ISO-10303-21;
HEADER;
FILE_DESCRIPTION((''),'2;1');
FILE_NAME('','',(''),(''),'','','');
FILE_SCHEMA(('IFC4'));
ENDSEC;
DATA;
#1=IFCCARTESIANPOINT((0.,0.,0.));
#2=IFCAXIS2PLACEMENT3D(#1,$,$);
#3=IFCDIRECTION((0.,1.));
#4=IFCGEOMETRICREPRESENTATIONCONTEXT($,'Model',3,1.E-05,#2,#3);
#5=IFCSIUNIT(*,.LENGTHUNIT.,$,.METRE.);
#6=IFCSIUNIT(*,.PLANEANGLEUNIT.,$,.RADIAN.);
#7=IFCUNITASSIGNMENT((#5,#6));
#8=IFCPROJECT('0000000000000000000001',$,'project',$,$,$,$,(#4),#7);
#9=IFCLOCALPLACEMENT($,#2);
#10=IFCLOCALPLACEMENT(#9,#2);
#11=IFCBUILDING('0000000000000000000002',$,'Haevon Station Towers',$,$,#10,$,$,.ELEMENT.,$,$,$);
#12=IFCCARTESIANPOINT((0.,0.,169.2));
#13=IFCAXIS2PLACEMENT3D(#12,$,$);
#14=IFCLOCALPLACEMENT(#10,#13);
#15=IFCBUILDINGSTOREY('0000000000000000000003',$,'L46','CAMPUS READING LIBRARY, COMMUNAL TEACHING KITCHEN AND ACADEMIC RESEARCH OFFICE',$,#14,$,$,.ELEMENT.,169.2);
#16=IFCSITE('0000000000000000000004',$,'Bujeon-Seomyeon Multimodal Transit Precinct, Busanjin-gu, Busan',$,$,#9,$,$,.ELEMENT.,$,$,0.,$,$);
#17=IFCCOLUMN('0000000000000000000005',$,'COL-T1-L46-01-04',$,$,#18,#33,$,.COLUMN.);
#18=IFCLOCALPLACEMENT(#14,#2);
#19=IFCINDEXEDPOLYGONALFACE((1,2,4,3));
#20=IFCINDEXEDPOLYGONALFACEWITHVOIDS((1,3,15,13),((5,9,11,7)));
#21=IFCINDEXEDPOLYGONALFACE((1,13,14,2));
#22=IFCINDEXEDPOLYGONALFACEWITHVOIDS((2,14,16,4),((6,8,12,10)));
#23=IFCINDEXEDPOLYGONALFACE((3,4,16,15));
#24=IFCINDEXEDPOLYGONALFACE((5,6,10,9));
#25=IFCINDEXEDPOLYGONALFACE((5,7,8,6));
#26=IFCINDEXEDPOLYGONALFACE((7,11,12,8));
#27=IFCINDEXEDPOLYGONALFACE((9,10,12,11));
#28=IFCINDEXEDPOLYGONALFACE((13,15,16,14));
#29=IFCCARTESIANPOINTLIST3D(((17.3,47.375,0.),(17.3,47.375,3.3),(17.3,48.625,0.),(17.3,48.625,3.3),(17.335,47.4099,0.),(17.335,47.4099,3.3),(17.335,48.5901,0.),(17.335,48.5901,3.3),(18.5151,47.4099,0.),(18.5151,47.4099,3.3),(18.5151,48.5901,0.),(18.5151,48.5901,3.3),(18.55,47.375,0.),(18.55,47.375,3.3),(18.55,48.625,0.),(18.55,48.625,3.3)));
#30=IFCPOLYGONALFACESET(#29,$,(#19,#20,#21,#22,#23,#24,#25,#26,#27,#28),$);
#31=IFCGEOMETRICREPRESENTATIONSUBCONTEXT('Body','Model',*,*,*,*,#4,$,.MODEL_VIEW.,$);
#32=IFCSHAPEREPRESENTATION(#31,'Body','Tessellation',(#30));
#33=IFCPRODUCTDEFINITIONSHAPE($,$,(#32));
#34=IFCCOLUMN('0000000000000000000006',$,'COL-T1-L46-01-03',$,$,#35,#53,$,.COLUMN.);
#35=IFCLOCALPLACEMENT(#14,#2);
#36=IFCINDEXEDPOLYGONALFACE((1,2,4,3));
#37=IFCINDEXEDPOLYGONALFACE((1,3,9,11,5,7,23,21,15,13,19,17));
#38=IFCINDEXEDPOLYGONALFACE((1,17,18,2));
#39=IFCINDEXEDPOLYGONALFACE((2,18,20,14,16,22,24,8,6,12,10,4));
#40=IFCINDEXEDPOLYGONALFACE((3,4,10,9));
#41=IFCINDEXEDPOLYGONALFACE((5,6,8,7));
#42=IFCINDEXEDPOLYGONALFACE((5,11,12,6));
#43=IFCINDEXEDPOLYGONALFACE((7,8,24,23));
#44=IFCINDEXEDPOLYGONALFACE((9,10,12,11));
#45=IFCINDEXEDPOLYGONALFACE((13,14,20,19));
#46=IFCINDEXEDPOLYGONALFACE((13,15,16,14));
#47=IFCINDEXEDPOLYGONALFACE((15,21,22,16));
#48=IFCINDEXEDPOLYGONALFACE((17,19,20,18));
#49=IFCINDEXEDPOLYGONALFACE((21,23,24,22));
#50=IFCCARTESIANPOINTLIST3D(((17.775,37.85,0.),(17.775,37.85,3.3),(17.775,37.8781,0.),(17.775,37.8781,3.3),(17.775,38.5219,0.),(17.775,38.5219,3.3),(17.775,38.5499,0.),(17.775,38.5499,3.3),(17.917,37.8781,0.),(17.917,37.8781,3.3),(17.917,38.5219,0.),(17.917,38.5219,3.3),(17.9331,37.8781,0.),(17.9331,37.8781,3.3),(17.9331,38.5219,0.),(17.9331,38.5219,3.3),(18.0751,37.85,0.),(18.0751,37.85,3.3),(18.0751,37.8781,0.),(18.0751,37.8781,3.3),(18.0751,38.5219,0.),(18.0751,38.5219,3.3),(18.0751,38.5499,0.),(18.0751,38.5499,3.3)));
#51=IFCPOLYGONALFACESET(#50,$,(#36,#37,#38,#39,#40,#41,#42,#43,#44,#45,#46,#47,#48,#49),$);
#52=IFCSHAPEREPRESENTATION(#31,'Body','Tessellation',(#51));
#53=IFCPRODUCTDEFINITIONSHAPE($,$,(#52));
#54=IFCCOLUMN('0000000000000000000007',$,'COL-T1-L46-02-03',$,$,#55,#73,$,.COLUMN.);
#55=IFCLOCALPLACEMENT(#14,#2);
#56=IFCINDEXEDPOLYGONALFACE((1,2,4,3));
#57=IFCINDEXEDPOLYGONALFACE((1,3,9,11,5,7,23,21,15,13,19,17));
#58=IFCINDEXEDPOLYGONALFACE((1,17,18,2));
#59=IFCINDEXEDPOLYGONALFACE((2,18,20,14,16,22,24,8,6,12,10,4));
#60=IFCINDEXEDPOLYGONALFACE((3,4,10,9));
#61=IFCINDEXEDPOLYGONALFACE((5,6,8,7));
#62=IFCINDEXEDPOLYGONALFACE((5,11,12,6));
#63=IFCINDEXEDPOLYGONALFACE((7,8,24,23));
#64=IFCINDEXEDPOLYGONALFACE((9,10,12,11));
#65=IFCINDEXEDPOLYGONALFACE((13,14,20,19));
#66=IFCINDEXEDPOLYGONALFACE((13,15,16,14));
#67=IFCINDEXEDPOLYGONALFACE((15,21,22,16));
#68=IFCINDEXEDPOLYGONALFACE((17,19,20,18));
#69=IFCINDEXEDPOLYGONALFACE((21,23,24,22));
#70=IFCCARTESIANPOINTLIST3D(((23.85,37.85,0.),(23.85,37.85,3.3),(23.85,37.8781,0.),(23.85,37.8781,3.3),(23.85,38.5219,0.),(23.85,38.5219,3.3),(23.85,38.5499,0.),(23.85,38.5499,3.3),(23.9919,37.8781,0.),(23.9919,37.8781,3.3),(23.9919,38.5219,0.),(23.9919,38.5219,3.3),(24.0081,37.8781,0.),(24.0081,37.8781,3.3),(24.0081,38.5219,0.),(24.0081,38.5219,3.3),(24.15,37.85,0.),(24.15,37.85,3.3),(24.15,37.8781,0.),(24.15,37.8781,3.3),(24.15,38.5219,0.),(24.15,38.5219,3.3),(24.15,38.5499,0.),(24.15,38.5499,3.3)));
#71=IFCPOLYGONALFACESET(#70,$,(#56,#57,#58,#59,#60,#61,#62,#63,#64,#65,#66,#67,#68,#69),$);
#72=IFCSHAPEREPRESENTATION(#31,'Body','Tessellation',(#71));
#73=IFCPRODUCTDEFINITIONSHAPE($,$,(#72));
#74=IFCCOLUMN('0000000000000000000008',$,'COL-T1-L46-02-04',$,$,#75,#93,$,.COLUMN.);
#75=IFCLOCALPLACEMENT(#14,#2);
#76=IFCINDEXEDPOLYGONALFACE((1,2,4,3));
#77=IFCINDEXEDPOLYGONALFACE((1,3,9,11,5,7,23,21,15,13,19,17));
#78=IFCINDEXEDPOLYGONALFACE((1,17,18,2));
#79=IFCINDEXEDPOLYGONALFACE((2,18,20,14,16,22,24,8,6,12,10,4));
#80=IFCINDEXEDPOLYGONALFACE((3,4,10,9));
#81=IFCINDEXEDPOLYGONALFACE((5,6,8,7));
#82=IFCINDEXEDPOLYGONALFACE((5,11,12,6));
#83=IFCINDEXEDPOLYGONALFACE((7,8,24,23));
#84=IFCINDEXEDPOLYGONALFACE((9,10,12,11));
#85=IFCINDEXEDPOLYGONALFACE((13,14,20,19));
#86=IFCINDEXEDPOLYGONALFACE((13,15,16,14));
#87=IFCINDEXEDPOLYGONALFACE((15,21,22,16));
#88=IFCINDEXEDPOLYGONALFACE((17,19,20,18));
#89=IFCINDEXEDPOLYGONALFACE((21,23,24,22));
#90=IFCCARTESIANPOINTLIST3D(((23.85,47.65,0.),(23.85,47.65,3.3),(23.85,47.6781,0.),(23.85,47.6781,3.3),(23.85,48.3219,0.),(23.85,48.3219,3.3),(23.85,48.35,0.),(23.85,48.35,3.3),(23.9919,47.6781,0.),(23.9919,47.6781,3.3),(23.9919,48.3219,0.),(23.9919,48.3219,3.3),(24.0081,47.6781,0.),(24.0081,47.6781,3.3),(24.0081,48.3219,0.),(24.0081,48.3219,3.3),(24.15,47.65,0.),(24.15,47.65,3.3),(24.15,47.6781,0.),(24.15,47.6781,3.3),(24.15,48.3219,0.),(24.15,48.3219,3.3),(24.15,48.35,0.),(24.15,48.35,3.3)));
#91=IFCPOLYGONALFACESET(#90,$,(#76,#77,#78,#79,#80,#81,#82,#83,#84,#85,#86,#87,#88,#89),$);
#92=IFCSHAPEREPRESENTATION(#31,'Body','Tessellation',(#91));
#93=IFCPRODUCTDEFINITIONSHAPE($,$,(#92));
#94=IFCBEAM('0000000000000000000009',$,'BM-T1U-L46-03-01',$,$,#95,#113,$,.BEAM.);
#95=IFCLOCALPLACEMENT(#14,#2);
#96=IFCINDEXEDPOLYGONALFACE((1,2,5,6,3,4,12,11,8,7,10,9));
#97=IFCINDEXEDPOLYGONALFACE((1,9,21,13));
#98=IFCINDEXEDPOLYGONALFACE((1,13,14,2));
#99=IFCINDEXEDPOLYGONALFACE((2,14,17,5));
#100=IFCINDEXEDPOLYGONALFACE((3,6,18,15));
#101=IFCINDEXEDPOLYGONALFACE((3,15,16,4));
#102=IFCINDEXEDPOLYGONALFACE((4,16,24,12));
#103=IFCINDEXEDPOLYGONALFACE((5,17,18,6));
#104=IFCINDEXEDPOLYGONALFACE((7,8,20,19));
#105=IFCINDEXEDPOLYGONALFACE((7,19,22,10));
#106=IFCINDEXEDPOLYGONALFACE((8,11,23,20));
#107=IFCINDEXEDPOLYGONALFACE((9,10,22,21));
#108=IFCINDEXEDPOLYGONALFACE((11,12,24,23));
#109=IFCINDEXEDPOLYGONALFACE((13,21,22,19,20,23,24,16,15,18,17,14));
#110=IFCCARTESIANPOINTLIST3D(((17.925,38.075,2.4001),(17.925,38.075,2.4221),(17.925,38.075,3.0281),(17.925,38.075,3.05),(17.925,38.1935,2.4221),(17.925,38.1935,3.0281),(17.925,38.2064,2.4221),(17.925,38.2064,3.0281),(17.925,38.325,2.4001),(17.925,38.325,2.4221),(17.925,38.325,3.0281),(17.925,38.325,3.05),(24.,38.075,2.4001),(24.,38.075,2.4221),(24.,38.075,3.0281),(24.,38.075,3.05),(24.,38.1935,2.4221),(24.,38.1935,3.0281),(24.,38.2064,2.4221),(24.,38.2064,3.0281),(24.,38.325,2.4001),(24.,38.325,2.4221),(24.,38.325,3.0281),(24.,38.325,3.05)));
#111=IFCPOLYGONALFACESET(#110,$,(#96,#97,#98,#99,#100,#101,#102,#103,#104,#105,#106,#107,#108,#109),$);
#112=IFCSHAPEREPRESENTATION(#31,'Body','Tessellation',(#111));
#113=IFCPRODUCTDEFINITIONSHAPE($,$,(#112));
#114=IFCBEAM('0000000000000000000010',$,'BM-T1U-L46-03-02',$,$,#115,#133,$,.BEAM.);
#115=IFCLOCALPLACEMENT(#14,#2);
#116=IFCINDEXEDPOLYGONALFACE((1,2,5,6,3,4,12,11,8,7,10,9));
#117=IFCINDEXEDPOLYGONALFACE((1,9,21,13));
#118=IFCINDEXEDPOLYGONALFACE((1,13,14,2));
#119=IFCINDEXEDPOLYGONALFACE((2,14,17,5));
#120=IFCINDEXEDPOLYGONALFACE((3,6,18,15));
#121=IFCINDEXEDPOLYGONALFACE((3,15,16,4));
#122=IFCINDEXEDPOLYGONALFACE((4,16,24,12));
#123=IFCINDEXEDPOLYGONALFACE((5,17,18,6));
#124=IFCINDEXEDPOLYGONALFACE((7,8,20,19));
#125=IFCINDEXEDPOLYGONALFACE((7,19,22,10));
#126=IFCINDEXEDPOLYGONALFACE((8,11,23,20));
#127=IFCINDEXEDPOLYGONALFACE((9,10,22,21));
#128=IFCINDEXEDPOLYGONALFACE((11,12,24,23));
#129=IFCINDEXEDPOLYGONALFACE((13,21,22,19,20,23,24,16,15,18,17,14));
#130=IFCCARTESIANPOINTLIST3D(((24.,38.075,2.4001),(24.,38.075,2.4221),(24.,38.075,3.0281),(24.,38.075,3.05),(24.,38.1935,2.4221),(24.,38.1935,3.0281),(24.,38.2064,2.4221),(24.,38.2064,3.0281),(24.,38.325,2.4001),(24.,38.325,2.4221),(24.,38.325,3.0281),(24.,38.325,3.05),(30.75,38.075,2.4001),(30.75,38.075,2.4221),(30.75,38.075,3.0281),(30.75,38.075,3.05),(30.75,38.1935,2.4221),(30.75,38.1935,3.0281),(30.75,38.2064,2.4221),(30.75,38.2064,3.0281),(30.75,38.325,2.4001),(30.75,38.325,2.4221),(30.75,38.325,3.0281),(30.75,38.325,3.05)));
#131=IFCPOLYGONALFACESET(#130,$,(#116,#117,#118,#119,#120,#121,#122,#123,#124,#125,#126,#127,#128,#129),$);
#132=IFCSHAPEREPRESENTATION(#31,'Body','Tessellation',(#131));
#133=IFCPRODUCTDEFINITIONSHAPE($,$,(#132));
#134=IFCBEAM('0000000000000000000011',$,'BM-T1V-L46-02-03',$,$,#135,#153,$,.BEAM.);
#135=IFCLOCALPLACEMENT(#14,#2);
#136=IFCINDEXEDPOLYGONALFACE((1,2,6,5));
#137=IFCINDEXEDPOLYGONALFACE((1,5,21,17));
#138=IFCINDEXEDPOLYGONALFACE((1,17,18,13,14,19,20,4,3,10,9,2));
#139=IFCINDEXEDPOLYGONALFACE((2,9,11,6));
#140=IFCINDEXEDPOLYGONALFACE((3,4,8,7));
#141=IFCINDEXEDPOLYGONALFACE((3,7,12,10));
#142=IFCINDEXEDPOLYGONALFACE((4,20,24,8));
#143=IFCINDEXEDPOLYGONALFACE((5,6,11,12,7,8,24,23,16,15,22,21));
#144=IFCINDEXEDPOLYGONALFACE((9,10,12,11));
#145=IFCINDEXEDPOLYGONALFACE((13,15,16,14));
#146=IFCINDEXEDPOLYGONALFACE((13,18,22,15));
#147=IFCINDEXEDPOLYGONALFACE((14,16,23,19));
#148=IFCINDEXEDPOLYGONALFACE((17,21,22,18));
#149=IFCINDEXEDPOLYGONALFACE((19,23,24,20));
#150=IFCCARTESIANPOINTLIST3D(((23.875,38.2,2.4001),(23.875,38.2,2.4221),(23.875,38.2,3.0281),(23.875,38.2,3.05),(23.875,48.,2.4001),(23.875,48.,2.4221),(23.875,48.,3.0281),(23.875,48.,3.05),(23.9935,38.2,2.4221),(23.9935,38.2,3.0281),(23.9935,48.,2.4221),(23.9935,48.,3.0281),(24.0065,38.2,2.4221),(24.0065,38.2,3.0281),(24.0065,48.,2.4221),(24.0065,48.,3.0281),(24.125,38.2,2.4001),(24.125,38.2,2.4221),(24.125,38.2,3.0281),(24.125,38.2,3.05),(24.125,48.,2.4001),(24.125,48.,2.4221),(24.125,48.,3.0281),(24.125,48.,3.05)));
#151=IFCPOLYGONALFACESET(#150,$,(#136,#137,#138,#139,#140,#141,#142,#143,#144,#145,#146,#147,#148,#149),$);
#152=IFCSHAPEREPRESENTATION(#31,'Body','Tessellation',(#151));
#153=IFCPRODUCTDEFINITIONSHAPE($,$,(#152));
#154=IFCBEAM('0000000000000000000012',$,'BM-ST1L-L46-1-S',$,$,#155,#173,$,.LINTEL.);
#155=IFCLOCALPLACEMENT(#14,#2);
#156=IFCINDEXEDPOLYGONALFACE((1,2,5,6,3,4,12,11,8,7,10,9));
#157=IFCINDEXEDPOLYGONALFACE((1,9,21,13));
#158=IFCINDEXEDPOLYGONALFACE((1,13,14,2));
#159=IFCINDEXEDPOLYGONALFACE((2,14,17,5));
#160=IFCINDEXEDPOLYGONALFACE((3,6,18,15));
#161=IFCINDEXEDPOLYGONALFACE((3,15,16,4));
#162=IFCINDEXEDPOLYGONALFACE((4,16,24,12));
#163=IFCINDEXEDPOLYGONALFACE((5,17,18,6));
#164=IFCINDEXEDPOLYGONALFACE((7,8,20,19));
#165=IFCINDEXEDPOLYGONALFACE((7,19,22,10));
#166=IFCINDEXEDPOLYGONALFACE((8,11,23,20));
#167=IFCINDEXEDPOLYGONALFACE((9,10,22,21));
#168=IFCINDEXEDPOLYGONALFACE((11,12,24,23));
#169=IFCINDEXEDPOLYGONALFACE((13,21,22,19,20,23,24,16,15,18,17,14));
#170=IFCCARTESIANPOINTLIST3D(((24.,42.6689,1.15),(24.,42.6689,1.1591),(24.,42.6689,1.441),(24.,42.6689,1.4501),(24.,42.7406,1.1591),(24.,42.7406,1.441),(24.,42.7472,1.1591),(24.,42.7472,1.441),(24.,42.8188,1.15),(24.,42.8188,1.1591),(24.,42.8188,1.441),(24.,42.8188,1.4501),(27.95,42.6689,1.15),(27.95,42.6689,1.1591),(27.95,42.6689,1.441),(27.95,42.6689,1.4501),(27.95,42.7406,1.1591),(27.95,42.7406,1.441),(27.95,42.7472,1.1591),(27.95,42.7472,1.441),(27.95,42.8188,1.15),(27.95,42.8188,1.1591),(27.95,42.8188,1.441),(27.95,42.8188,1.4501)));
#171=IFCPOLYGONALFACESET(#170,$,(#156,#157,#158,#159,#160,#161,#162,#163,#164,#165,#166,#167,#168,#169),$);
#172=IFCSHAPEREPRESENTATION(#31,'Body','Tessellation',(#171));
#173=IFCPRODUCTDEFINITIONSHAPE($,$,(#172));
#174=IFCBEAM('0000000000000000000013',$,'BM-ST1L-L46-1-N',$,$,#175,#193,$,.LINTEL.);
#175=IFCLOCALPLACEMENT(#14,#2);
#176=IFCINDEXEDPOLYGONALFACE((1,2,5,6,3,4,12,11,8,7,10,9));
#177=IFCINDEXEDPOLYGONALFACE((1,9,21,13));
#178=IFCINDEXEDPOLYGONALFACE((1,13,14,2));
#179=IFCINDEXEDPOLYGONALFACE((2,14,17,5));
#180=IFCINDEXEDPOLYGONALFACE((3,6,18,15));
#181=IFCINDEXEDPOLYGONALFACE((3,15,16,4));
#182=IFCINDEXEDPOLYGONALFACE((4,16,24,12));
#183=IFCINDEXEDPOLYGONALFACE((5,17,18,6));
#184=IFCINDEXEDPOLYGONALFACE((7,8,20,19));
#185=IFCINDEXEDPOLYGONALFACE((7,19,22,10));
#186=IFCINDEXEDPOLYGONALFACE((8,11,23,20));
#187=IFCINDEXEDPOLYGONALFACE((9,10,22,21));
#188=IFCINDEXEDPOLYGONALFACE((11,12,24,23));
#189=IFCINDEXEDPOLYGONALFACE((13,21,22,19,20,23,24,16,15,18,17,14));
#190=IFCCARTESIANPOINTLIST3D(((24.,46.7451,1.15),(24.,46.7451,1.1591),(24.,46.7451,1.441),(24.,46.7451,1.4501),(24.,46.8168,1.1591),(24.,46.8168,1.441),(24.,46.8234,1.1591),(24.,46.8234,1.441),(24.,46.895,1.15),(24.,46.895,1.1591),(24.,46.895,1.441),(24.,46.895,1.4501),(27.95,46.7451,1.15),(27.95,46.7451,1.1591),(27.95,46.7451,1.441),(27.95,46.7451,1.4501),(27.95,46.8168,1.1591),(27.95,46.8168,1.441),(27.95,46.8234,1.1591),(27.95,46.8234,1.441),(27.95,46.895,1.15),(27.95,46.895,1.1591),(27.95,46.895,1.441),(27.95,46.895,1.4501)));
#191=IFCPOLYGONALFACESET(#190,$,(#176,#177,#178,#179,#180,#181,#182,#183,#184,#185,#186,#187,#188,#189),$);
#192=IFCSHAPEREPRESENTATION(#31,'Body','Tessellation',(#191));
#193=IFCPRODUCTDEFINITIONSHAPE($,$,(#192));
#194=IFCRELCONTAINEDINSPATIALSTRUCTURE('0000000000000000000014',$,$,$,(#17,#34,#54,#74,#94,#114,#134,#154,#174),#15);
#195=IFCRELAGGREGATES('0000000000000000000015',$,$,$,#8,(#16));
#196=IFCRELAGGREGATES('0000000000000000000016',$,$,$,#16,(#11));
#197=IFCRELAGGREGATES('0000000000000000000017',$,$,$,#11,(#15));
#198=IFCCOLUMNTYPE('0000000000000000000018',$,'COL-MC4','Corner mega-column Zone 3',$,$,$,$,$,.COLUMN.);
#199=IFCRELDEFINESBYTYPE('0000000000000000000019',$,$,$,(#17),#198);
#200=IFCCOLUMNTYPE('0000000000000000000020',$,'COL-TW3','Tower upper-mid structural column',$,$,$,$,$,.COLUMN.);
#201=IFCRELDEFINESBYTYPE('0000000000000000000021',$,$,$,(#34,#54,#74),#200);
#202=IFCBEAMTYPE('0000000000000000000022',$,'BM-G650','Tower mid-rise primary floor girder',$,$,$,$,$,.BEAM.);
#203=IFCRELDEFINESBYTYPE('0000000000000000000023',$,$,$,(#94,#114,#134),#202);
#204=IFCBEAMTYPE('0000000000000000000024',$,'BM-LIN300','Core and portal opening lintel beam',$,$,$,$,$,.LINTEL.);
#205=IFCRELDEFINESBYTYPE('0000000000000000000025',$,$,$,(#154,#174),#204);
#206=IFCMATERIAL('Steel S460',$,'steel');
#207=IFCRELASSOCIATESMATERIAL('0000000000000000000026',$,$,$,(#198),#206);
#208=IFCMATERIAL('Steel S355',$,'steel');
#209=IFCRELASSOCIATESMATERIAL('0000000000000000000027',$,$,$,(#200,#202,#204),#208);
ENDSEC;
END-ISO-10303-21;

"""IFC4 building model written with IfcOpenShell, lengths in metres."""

from ifc_helpers import new_model, si_unit, direction, frame, origin, origin_2d, place, context, subcontext, project, spatial, hollow_rectangle, i_section, extrude, material, material_profile, profile_set, type_object, element, save


model = new_model("IFC4")

# Units and contexts
model_context = context("Model", 3, precision=1e-05, world=origin(), true_north=direction((0.0, 1.0)))
body_context = subcontext(model_context, "Body", "Model", "MODEL_VIEW")
ifc_project = project(units=[si_unit("LENGTHUNIT", "METRE"), si_unit("PLANEANGLEUNIT", "RADIAN")], contexts=[model_context])

# Site, building, storey
site_placement = place(None, origin())
site = spatial("IfcSite", under=ifc_project, at=site_placement, Name="Bujeon-Seomyeon Multimodal Transit Precinct, Busanjin-gu, Busan", CompositionType="ELEMENT", RefElevation=0.0)
building_placement = place(site_placement, origin())
building = spatial("IfcBuilding", under=site, at=building_placement, Name="Haevon Station Towers", CompositionType="ELEMENT")
storey_placement = place(building_placement, frame((0.0, 0.0, 169.2)))
storey = spatial("IfcBuildingStorey", under=building, at=storey_placement, Name="L46", Description="CAMPUS READING LIBRARY, COMMUNAL TEACHING KITCHEN AND ACADEMIC RESEARCH OFFICE", CompositionType="ELEMENT", Elevation=169.2)

# Columns
ifc_material_1 = material(Name="Steel S460", Category="steel")
ifc_material_profile_1 = material_profile(ifc_material_1, hollow_rectangle(XDim=1.25, YDim=1.25, WallThickness=0.0349, at=origin_2d()), Name="BOX-1250x1250x35")
ifc_profile_set_1 = profile_set([ifc_material_profile_1], Name="Steel S460")
column_type_1 = type_object("IfcColumnType", Name="COL-MC4", Description="Corner mega-column Zone 3", PredefinedType="COLUMN", material=ifc_profile_set_1)
column_placement = place(storey_placement, frame((17.925, 48.0, 0.0), z_axis=(0.0, 0.0, 1.0), x_axis=(1.0, 0.0, 0.0)))
element("IfcColumn", 1, at=column_placement, inside=storey, type_object=column_type_1, Name="COL-T1-L46-01-04", PredefinedType="COLUMN", context=body_context, shape_type="SweptSolid", body=[
    extrude(hollow_rectangle(XDim=1.25, YDim=1.25, WallThickness=0.0349, at=origin_2d()), origin(), (0.0, 0.0, 1.0), 3.3),
])
ifc_material_2 = material(Name="Steel S355", Category="steel")
ifc_material_profile_2 = material_profile(ifc_material_2, i_section(OverallWidth=0.3, OverallDepth=0.7, WebThickness=0.0161, FlangeThickness=0.0281, at=origin_2d()), Name="H-700x300x16x28")
ifc_profile_set_2 = profile_set([ifc_material_profile_2], Name="Steel S355")
column_type_2 = type_object("IfcColumnType", Name="COL-TW3", Description="Tower upper-mid structural column", PredefinedType="COLUMN", material=ifc_profile_set_2)
for number, where, z_axis, x_axis, name in (
    (2, (17.925, 38.2, 0.0), (0.0, 0.0, 1.0), (1.0, 0.0, 0.0), "COL-T1-L46-01-03"),
    (3, (24.0, 38.2, 0.0), (0.0, 0.0, 1.0), (1.0, 0.0, 0.0), "COL-T1-L46-02-03"),
    (4, (24.0, 48.0, 0.0), (0.0, 0.0, 1.0), (1.0, 0.0, 0.0), "COL-T1-L46-02-04"),
):
    element("IfcColumn", number, at=place(storey_placement, frame(where, z_axis=z_axis, x_axis=x_axis)), inside=storey, type_object=column_type_2, Name=name, PredefinedType="COLUMN", context=body_context, shape_type="SweptSolid", body=[
        extrude(i_section(OverallWidth=0.3, OverallDepth=0.7, WebThickness=0.0161, FlangeThickness=0.0281, at=origin_2d()), origin(), (0.0, 0.0, 1.0), 3.3),
    ])

# Beams
ifc_material_profile_3 = material_profile(ifc_material_2, i_section(OverallWidth=0.25, OverallDepth=0.6499, WebThickness=0.0129, FlangeThickness=0.022, at=origin_2d()), Name="H-650x250x13x22")
ifc_profile_set_3 = profile_set([ifc_material_profile_3], Name="Steel S355")
beam_type_1 = type_object("IfcBeamType", Name="BM-G650", Description="Tower mid-rise primary floor girder", PredefinedType="BEAM", material=ifc_profile_set_3)
beam_1_placement = place(storey_placement, frame((17.925, 38.2, 2.7251), z_axis=(1.0, 0.0, 0.0), x_axis=(0.0, 1.0, 0.0)))
element("IfcBeam", 5, at=beam_1_placement, inside=storey, type_object=beam_type_1, Name="BM-T1U-L46-03-01", PredefinedType="BEAM", context=body_context, shape_type="SweptSolid", body=[
    extrude(i_section(OverallWidth=0.25, OverallDepth=0.6499, WebThickness=0.0129, FlangeThickness=0.022, at=origin_2d()), origin(), (0.0, 0.0, 1.0), 6.075),
])
beam_2_placement = place(storey_placement, frame((24.0, 38.2, 2.7251), z_axis=(1.0, 0.0, 0.0), x_axis=(0.0, 1.0, 0.0)))
element("IfcBeam", 6, at=beam_2_placement, inside=storey, type_object=beam_type_1, Name="BM-T1U-L46-03-02", PredefinedType="BEAM", context=body_context, shape_type="SweptSolid", body=[
    extrude(i_section(OverallWidth=0.25, OverallDepth=0.6499, WebThickness=0.0129, FlangeThickness=0.022, at=origin_2d()), origin(), (0.0, 0.0, 1.0), 6.75),
])
beam_3_placement = place(storey_placement, frame((24.0, 38.2, 2.7251), z_axis=(0.0, 1.0, 0.0), x_axis=(-1.0, 0.0, 0.0)))
element("IfcBeam", 7, at=beam_3_placement, inside=storey, type_object=beam_type_1, Name="BM-T1V-L46-02-03", PredefinedType="BEAM", context=body_context, shape_type="SweptSolid", body=[
    extrude(i_section(OverallWidth=0.25, OverallDepth=0.6499, WebThickness=0.0129, FlangeThickness=0.022, at=origin_2d()), origin(), (0.0, 0.0, 1.0), 9.8),
])
ifc_material_profile_4 = material_profile(ifc_material_2, i_section(OverallWidth=0.1499, OverallDepth=0.3, WebThickness=0.0066, FlangeThickness=0.009, at=origin_2d()), Name="H-300x150x6.5x9")
ifc_profile_set_4 = profile_set([ifc_material_profile_4], Name="Steel S355")
beam_type_2 = type_object("IfcBeamType", Name="BM-LIN300", Description="Core and portal opening lintel beam", PredefinedType="LINTEL", material=ifc_profile_set_4)
for number, where, z_axis, x_axis, name in (
    (8, (24.0, 42.7439, 1.3), (1.0, 0.0, 0.0), (0.0, 1.0, 0.0), "BM-ST1L-L46-1-S"),
    (9, (24.0, 46.8201, 1.3), (1.0, 0.0, 0.0), (0.0, 1.0, 0.0), "BM-ST1L-L46-1-N"),
):
    element("IfcBeam", number, at=place(storey_placement, frame(where, z_axis=z_axis, x_axis=x_axis)), inside=storey, type_object=beam_type_2, Name=name, PredefinedType="LINTEL", context=body_context, shape_type="SweptSolid", body=[
        extrude(i_section(OverallWidth=0.1499, OverallDepth=0.3, WebThickness=0.0066, FlangeThickness=0.009, at=origin_2d()), origin(), (0.0, 0.0, 1.0), 3.95),
    ])

save(model, "model.ifc")
